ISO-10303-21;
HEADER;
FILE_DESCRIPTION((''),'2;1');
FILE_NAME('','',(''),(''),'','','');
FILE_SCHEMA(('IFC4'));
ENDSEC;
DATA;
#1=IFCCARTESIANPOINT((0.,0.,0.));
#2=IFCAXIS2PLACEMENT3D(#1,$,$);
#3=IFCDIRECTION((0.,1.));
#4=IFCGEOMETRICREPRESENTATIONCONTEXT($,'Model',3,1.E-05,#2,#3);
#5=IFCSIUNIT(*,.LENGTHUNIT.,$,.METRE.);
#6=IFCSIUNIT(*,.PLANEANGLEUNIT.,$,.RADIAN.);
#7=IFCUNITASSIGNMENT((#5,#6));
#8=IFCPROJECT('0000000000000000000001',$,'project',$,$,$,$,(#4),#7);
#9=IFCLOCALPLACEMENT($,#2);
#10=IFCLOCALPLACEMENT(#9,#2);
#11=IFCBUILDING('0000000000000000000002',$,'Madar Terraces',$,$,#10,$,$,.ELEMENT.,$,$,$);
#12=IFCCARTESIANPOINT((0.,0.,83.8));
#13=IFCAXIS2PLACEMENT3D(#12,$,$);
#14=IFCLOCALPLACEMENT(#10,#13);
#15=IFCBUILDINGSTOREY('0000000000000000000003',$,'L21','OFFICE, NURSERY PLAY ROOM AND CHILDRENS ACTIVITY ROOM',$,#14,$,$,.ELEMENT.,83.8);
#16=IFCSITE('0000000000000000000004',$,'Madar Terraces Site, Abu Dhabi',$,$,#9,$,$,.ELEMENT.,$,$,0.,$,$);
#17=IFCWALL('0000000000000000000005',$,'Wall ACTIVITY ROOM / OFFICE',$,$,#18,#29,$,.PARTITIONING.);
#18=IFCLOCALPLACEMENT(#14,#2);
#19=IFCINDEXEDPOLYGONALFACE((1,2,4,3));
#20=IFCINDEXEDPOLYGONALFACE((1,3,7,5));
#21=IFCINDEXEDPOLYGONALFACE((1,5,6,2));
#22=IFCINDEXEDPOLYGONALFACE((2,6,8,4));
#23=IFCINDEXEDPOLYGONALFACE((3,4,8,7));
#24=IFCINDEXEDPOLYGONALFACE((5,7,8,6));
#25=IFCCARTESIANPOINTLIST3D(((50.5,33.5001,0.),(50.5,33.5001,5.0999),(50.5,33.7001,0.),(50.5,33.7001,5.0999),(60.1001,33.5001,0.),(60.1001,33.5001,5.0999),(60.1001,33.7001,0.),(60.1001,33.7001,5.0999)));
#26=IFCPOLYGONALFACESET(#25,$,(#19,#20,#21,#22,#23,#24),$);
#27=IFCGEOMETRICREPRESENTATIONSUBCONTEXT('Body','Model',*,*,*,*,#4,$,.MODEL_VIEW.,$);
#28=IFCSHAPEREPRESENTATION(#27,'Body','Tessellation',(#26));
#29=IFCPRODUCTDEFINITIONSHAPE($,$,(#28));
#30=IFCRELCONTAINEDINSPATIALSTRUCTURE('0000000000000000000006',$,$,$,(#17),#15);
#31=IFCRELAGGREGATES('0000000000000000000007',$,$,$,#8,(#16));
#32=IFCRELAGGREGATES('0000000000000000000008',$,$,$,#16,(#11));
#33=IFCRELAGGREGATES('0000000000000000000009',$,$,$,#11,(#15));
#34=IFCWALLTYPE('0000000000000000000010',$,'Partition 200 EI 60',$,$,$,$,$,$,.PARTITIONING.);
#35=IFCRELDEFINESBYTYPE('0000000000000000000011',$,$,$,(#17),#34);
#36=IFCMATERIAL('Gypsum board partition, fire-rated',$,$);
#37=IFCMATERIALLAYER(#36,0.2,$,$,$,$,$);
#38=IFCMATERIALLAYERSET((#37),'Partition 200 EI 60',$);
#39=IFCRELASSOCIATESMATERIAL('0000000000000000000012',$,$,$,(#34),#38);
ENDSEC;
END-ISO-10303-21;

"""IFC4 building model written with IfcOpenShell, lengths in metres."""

from ifc_helpers import new_model, si_unit, direction, frame, frame_2d, origin, place, context, subcontext, project, spatial, rectangle, extrude, material, layer, layer_set, type_object, element, save


model = new_model("IFC4")

# Units and contexts
model_context = context("Model", 3, precision=1e-05, world=origin(), true_north=direction((0.0, 1.0)))
body_context = subcontext(model_context, "Body", "Model", "MODEL_VIEW")
ifc_project = project(units=[si_unit("LENGTHUNIT", "METRE"), si_unit("PLANEANGLEUNIT", "RADIAN")], contexts=[model_context])

# Site, building, storey
site_placement = place(None, origin())
site = spatial("IfcSite", under=ifc_project, at=site_placement, Name="Madar Terraces Site, Abu Dhabi", CompositionType="ELEMENT", RefElevation=0.0)
building_placement = place(site_placement, origin())
building = spatial("IfcBuilding", under=site, at=building_placement, Name="Madar Terraces", CompositionType="ELEMENT")
storey_placement = place(building_placement, frame((0.0, 0.0, 83.8)))
storey = spatial("IfcBuildingStorey", under=building, at=storey_placement, Name="L21", Description="OFFICE, NURSERY PLAY ROOM AND CHILDRENS ACTIVITY ROOM", CompositionType="ELEMENT", Elevation=83.8)

# Wall
ifc_material_1 = material(Name="Gypsum board partition, fire-rated")
ifc_layer_1 = layer(ifc_material_1, 0.2)
ifc_layer_set_1 = layer_set([ifc_layer_1], Name="Partition 200 EI 60")
wall_type = type_object("IfcWallType", Name="Partition 200 EI 60", PredefinedType="PARTITIONING", material=ifc_layer_set_1)
for number, where, z_axis, x_axis, name in (
    (1, (50.5, 33.6001, 0.0), (0.0, 0.0, 1.0), (1.0, 0.0, 0.0), "Wall ACTIVITY ROOM / OFFICE"),
):
    element("IfcWall", number, at=place(storey_placement, frame(where, z_axis=z_axis, x_axis=x_axis)), inside=storey, type_object=wall_type, Name=name, PredefinedType="PARTITIONING", context=body_context, shape_type="SweptSolid", body=[
        extrude(rectangle(XDim=9.6001, YDim=0.2, at=frame_2d((4.8, 0.0))), origin(), (0.0, 0.0, 1.0), 5.0999),
    ])

save(model, "model.ifc")
